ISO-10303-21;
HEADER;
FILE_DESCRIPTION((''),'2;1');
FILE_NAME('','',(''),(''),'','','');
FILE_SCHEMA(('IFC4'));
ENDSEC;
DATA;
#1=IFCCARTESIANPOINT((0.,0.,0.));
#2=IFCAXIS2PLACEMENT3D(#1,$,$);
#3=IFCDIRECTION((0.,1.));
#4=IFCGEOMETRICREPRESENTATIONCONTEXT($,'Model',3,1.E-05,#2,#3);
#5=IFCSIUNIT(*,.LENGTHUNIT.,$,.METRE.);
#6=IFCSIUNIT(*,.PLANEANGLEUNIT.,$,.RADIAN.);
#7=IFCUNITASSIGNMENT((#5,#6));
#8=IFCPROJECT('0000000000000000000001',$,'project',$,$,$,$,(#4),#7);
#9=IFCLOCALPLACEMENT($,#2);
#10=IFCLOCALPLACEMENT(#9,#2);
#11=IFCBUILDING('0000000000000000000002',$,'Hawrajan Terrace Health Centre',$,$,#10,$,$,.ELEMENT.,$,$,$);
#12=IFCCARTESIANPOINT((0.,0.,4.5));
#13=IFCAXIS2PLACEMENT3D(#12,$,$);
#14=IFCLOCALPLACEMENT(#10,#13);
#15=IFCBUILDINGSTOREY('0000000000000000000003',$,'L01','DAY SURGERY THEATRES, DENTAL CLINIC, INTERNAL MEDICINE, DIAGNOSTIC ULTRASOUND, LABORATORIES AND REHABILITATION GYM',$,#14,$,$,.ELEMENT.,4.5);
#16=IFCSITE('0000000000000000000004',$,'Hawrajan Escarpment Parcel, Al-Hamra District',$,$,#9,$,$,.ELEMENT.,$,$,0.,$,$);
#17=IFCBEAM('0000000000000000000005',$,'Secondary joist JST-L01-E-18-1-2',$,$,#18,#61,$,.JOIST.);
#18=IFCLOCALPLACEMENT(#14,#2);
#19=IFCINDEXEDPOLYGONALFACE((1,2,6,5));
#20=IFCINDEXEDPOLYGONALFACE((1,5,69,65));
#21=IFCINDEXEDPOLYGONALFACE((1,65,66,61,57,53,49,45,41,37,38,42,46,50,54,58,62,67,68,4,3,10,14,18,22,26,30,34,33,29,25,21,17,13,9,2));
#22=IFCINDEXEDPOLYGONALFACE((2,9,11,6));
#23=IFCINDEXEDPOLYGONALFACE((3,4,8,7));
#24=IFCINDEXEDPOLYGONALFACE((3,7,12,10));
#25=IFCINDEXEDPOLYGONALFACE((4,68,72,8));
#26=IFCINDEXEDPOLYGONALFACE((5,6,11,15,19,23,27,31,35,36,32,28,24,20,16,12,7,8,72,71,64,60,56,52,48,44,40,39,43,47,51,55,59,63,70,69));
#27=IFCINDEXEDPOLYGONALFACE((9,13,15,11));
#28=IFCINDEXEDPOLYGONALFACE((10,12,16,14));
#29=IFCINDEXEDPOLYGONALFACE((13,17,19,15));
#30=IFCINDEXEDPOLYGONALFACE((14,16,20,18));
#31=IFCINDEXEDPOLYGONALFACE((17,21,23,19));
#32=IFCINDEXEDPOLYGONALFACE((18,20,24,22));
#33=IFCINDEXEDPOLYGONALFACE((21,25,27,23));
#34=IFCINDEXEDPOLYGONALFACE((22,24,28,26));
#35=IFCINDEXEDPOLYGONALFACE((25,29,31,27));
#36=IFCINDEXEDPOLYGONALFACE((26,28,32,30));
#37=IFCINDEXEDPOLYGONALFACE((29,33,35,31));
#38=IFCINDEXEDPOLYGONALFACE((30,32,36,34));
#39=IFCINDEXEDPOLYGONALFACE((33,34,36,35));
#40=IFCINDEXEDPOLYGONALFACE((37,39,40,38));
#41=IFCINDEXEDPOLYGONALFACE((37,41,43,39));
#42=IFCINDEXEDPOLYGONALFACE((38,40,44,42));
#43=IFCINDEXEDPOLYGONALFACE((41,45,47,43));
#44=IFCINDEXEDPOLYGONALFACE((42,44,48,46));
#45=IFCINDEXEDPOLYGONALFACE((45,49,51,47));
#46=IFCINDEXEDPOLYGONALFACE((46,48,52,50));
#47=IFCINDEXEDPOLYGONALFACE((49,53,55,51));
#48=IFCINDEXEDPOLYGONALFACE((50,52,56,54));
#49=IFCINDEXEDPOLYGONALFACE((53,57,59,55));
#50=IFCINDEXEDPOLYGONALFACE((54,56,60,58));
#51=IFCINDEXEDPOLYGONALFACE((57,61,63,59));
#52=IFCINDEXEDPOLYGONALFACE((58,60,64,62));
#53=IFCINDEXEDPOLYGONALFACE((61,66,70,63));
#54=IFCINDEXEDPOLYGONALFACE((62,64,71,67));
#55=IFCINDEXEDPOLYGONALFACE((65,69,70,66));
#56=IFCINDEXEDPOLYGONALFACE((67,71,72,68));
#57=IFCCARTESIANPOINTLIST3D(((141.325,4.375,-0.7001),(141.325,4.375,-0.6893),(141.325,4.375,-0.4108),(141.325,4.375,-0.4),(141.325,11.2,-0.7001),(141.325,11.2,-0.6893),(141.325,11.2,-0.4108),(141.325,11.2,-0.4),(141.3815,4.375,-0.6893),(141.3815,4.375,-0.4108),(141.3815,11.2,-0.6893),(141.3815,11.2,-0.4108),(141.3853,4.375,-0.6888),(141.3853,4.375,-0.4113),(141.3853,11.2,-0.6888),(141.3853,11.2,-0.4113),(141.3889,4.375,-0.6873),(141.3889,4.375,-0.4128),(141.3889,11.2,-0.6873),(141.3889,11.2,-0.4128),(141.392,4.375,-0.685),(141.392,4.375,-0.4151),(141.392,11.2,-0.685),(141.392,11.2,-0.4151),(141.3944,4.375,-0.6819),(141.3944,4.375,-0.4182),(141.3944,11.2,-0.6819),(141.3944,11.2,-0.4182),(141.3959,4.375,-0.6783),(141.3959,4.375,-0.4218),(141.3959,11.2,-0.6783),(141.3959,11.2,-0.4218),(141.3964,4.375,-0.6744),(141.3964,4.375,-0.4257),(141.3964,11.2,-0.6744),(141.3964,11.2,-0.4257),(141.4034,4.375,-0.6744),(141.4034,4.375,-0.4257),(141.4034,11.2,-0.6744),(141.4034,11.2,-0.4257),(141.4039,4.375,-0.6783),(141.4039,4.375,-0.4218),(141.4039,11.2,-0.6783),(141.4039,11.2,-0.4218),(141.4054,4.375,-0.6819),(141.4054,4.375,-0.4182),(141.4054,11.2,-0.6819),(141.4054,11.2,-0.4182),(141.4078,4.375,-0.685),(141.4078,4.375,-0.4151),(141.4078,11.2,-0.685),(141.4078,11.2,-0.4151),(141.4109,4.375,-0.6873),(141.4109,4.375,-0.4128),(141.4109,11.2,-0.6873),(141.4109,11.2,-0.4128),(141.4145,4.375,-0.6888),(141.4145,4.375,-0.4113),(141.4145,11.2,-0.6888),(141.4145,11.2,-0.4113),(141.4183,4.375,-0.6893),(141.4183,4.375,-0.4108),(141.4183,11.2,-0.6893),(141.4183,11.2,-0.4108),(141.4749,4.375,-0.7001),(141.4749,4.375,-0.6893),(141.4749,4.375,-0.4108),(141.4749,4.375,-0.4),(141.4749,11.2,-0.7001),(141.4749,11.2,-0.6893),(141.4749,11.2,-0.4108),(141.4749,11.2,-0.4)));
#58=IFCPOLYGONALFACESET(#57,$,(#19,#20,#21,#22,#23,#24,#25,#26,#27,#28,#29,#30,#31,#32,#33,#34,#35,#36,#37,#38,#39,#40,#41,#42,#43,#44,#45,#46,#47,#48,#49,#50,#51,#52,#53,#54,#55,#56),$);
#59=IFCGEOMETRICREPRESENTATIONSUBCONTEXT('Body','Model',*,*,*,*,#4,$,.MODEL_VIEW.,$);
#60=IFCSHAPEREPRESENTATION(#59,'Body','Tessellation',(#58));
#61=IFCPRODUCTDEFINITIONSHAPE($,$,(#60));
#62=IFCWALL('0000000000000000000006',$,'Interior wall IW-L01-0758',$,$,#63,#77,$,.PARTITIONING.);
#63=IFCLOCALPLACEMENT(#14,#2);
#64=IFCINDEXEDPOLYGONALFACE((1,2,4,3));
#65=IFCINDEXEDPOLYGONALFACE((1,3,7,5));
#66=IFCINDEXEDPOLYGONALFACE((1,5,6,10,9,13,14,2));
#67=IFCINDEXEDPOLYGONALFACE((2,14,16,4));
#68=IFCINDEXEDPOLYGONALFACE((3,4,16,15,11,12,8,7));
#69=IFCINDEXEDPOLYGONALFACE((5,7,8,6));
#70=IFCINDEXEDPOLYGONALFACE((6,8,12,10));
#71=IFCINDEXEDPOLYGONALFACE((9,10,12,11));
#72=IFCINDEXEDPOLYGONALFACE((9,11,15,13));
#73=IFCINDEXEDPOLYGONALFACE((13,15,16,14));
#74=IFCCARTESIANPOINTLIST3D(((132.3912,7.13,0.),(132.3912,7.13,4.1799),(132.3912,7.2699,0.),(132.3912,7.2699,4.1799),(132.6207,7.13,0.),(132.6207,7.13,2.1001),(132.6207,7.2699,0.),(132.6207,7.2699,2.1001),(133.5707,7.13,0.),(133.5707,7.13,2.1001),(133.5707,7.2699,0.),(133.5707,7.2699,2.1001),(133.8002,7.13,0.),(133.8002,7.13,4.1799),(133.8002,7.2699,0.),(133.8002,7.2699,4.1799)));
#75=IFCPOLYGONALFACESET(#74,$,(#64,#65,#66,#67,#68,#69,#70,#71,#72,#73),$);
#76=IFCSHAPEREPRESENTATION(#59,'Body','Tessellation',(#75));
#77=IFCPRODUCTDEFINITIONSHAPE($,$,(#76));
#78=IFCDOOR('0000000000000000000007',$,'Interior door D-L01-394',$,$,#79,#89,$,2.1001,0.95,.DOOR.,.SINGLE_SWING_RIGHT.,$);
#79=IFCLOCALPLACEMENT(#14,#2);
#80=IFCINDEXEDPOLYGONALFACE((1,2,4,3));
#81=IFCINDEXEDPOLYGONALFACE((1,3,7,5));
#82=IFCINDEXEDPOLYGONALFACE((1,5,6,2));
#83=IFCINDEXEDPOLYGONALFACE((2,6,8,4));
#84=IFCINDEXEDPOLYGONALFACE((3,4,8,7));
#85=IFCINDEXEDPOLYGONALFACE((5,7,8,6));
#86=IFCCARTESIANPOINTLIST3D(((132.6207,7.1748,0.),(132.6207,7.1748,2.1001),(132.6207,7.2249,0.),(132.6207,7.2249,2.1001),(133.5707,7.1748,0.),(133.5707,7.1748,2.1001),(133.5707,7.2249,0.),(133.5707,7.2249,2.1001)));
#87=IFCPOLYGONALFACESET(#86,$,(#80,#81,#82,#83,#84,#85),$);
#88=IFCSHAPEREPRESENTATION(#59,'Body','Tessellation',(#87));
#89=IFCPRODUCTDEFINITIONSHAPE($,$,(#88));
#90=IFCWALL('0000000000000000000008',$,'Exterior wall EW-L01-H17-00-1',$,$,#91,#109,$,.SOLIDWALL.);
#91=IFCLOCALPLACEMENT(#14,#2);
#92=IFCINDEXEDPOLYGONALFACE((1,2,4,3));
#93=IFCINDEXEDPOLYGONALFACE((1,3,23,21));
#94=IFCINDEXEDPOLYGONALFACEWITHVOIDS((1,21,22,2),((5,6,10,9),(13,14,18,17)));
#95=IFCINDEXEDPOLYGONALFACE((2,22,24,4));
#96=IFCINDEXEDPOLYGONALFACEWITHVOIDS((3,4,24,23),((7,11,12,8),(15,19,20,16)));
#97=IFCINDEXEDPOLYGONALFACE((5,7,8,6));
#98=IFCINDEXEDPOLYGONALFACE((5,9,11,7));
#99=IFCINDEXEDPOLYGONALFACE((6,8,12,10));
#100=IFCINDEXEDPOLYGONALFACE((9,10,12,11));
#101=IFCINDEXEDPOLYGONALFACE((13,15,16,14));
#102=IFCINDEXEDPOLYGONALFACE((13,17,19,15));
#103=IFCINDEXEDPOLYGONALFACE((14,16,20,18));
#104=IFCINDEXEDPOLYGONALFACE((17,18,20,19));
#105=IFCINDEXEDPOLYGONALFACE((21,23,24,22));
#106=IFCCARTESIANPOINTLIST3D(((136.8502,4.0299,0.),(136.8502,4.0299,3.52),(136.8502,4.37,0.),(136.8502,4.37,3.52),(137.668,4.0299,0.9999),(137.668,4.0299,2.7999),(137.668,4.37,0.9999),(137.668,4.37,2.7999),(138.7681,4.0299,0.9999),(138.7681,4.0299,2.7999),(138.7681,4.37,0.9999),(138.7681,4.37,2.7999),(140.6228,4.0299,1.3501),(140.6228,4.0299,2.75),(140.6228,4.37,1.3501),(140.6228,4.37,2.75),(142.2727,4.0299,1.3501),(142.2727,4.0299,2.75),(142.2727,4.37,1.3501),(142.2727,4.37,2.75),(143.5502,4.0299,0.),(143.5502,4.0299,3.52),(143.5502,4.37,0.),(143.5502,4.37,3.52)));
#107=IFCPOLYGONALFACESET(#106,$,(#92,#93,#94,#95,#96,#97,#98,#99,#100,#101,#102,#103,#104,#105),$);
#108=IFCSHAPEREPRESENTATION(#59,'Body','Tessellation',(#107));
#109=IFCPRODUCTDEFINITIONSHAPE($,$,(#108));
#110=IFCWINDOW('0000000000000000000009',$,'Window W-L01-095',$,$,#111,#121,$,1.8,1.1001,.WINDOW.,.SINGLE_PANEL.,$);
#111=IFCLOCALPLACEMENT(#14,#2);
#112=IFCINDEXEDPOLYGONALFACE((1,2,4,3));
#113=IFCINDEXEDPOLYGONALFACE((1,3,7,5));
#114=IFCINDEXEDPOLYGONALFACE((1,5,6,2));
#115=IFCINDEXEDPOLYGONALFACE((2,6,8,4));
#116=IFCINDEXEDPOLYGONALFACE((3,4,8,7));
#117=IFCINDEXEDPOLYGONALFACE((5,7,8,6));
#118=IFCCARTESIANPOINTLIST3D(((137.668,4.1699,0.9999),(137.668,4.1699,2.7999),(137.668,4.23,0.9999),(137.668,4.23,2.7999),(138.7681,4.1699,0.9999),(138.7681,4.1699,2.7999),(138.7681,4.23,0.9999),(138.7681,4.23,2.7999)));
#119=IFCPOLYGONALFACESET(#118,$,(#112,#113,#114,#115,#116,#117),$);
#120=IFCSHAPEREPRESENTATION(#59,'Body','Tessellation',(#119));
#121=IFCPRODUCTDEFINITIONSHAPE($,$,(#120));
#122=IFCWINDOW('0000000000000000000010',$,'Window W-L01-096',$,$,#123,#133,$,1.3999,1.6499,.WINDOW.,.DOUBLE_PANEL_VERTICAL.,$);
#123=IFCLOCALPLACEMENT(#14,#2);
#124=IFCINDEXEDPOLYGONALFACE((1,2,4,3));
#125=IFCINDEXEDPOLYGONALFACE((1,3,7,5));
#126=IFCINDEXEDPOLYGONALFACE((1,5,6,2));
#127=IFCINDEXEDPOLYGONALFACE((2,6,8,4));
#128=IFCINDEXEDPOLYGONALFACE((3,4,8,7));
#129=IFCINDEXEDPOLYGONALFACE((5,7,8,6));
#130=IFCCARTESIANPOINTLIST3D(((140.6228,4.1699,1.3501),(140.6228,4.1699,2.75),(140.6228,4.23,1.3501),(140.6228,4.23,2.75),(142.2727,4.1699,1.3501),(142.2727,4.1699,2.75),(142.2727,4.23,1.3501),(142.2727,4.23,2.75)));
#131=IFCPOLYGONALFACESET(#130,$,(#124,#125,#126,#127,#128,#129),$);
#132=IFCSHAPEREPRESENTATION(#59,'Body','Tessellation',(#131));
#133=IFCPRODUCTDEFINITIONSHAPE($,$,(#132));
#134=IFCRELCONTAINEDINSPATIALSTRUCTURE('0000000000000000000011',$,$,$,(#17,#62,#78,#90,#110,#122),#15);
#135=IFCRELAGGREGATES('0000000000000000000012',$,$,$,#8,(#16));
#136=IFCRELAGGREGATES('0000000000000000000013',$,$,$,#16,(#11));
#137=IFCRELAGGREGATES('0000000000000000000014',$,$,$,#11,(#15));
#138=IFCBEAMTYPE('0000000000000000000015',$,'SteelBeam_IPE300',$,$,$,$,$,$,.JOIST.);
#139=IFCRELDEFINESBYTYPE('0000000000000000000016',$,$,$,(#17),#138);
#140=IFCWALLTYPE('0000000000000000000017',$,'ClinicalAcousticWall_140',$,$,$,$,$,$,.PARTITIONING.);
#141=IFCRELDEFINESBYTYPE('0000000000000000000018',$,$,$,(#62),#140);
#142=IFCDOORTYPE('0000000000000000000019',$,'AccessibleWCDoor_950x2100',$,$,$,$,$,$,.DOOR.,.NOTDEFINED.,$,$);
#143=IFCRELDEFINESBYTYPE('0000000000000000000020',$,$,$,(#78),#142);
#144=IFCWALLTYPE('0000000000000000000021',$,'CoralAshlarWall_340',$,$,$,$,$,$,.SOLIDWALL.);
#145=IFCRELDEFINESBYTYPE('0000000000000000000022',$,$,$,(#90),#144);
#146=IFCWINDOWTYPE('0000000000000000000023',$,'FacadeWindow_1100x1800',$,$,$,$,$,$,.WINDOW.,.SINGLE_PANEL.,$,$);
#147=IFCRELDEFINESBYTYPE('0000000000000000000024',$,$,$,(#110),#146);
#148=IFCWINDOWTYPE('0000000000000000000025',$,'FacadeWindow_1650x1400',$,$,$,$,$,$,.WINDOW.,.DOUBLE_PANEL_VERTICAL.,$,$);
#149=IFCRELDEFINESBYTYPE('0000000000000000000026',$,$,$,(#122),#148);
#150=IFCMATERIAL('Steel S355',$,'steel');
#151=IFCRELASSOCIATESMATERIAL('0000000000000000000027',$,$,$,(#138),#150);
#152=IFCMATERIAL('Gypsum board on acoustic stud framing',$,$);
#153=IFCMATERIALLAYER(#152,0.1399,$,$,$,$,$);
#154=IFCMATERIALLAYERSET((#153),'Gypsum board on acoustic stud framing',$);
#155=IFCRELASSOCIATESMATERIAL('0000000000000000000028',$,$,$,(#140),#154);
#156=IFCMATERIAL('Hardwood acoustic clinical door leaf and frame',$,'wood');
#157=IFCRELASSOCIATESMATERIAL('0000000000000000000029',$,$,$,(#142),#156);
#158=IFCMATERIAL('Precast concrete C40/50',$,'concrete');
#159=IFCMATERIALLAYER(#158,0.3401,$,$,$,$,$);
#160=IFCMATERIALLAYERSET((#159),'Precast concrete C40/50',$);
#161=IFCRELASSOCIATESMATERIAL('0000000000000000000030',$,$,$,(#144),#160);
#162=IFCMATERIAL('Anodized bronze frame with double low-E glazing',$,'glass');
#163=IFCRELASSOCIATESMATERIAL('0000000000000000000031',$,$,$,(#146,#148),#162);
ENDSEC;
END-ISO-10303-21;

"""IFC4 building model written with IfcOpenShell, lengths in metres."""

from ifc_helpers import new_model, si_unit, direction, frame, frame_2d, origin, origin_2d, place, context, subcontext, project, spatial, rectangle, i_section, extrude, material, layer, layer_set, material_profile, profile_set, type_object, element, fill, save


model = new_model("IFC4")

# Units and contexts
model_context = context("Model", 3, precision=1e-05, world=origin(), true_north=direction((0.0, 1.0)))
body_context = subcontext(model_context, "Body", "Model", "MODEL_VIEW")
ifc_project = project(units=[si_unit("LENGTHUNIT", "METRE"), si_unit("PLANEANGLEUNIT", "RADIAN")], contexts=[model_context])

# Site, building, storey
site_placement = place(None, origin())
site = spatial("IfcSite", under=ifc_project, at=site_placement, Name="Hawrajan Escarpment Parcel, Al-Hamra District", CompositionType="ELEMENT", RefElevation=0.0)
building_placement = place(site_placement, origin())
building = spatial("IfcBuilding", under=site, at=building_placement, Name="Hawrajan Terrace Health Centre", CompositionType="ELEMENT")
storey_placement = place(building_placement, frame((0.0, 0.0, 4.5)))
storey = spatial("IfcBuildingStorey", under=building, at=storey_placement, Name="L01", Description="DAY SURGERY THEATRES, DENTAL CLINIC, INTERNAL MEDICINE, DIAGNOSTIC ULTRASOUND, LABORATORIES AND REHABILITATION GYM", CompositionType="ELEMENT", Elevation=4.5)

# Beam
ifc_material_1 = material(Name="Steel S355", Category="steel")
ifc_material_profile_1 = material_profile(ifc_material_1, i_section(OverallWidth=0.1499, OverallDepth=0.3, WebThickness=0.0071, FlangeThickness=0.0107, FilletRadius=0.0149, at=origin_2d()), Name="IPE 300")
ifc_profile_set_1 = profile_set([ifc_material_profile_1], Name="Steel S355")
beam_type_1 = type_object("IfcBeamType", Name="SteelBeam_IPE300", PredefinedType="JOIST", material=ifc_profile_set_1)
for number, where, z_axis, x_axis, name in (
    (1, (141.3999, 4.375, -0.55), (0.0, 1.0, 0.0), (-1.0, 0.0, 0.0), "Secondary joist JST-L01-E-18-1-2"),
):
    element("IfcBeam", number, at=place(storey_placement, frame(where, z_axis=z_axis, x_axis=x_axis)), inside=storey, type_object=beam_type_1, Name=name, PredefinedType="JOIST", context=body_context, shape_type="SweptSolid", body=[
        extrude(i_section(OverallWidth=0.1499, OverallDepth=0.3, WebThickness=0.0071, FlangeThickness=0.0107, FilletRadius=0.0149, at=origin_2d()), origin(), (0.0, 0.0, 1.0), 6.825),
    ])

# Shared definitions
ifc_material_2 = material(Name="Gypsum board on acoustic stud framing")
ifc_layer_1 = layer(ifc_material_2, 0.1399)
ifc_layer_set_1 = layer_set([ifc_layer_1], Name="Gypsum board on acoustic stud framing")
wall_type_1 = type_object("IfcWallType", Name="ClinicalAcousticWall_140", PredefinedType="PARTITIONING", material=ifc_layer_set_1)

# Wall, opening, door
wall_1_placement = place(storey_placement, frame((132.3911, 7.2, 0.0), z_axis=(0.0, 0.0, 1.0), x_axis=(1.0, 0.0, 0.0)))
wall_1 = element("IfcWall", 2, at=wall_1_placement, inside=storey, type_object=wall_type_1, Name="Interior wall IW-L01-0758", PredefinedType="PARTITIONING", context=body_context, shape_type="SweptSolid", body=[
    extrude(rectangle(XDim=1.4089, YDim=0.1399, at=frame_2d((0.7046, 0.0))), origin(), (0.0, 0.0, 1.0), 4.1799),
])
opening_1_placement = place(wall_1_placement, frame((0.2295, 0.0, 0.0)))
opening_1 = element("IfcOpeningElement", 3, at=opening_1_placement, cuts=wall_1, PredefinedType="OPENING", context=body_context, shape_type="SweptSolid", body=[
    extrude(rectangle(XDim=0.95, YDim=2.1001, at=frame_2d((0.4751, 1.05))), frame((0.0, 0.0798, 0.0), z_axis=(0.0, -1.0, 0.0), x_axis=(1.0, 0.0, 0.0)), (0.0, 0.0, 1.0), 0.1599),
])
ifc_material_3 = material(Name="Hardwood acoustic clinical door leaf and frame", Category="wood")
door_type = type_object("IfcDoorType", Name="AccessibleWCDoor_950x2100", OperationType="NOTDEFINED", PredefinedType="DOOR", material=ifc_material_3)
door_placement = place(opening_1_placement, origin())
door = element("IfcDoor", 4, at=door_placement, inside=storey, type_object=door_type, Name="Interior door D-L01-394", OperationType="SINGLE_SWING_RIGHT", OverallHeight=2.1001, OverallWidth=0.95, PredefinedType="DOOR", context=body_context, shape_type="SweptSolid", body=[
    extrude(rectangle(XDim=0.95, YDim=2.1001, at=frame_2d((0.4751, 1.05))), frame((0.0, 0.0249, 0.0), z_axis=(0.0, -1.0, 0.0), x_axis=(1.0, 0.0, 0.0)), (0.0, 0.0, 1.0), 0.05),
])
fill(opening_1, door)

# Wall, openings, windows
ifc_material_4 = material(Name="Precast concrete C40/50", Category="concrete")
ifc_layer_2 = layer(ifc_material_4, 0.3401)
ifc_layer_set_2 = layer_set([ifc_layer_2], Name="Precast concrete C40/50")
wall_type_2 = type_object("IfcWallType", Name="CoralAshlarWall_340", PredefinedType="SOLIDWALL", material=ifc_layer_set_2)
wall_2_placement = place(storey_placement, frame((136.8501, 4.2, 0.0), z_axis=(0.0, 0.0, 1.0), x_axis=(1.0, 0.0, 0.0)))
wall_2 = element("IfcWall", 5, at=wall_2_placement, inside=storey, type_object=wall_type_2, Name="Exterior wall EW-L01-H17-00-1", PredefinedType="SOLIDWALL", context=body_context, shape_type="SweptSolid", body=[
    extrude(rectangle(XDim=6.7, YDim=0.3401, at=frame_2d((3.3501, 0.0))), origin(), (0.0, 0.0, 1.0), 3.52),
])
opening_2_placement = place(wall_2_placement, frame((0.8179, 0.0, 1.0)))
opening_2 = element("IfcOpeningElement", 6, at=opening_2_placement, cuts=wall_2, PredefinedType="OPENING", context=body_context, shape_type="SweptSolid", body=[
    extrude(rectangle(XDim=1.1001, YDim=1.8, at=frame_2d((0.55, 0.8999))), frame((0.0, 0.1799, 0.0), z_axis=(0.0, -1.0, 0.0), x_axis=(1.0, 0.0, 0.0)), (0.0, 0.0, 1.0), 0.3601),
])
opening_3_placement = place(wall_2_placement, frame((3.7727, 0.0, 1.3501)))
opening_3 = element("IfcOpeningElement", 7, at=opening_3_placement, cuts=wall_2, PredefinedType="OPENING", context=body_context, shape_type="SweptSolid", body=[
    extrude(rectangle(XDim=1.6499, YDim=1.3999, at=frame_2d((0.825, 0.7))), frame((0.0, 0.1799, 0.0), z_axis=(0.0, -1.0, 0.0), x_axis=(1.0, 0.0, 0.0)), (0.0, 0.0, 1.0), 0.3601),
])
ifc_material_5 = material(Name="Anodized bronze frame with double low-E glazing", Category="glass")
window_type_1 = type_object("IfcWindowType", Name="FacadeWindow_1100x1800", PartitioningType="SINGLE_PANEL", PredefinedType="WINDOW", material=ifc_material_5)
window_1_placement = place(opening_2_placement, origin())
window_1 = element("IfcWindow", 8, at=window_1_placement, inside=storey, type_object=window_type_1, Name="Window W-L01-095", OverallHeight=1.8, OverallWidth=1.1001, PartitioningType="SINGLE_PANEL", PredefinedType="WINDOW", context=body_context, shape_type="SweptSolid", body=[
    extrude(rectangle(XDim=1.1001, YDim=1.8, at=frame_2d((0.55, 0.8999))), frame((0.0, 0.03, 0.0), z_axis=(0.0, -1.0, 0.0), x_axis=(1.0, 0.0, 0.0)), (0.0, 0.0, 1.0), 0.0601),
])
fill(opening_2, window_1)
window_type_2 = type_object("IfcWindowType", Name="FacadeWindow_1650x1400", PartitioningType="DOUBLE_PANEL_VERTICAL", PredefinedType="WINDOW", material=ifc_material_5)
window_2_placement = place(opening_3_placement, origin())
window_2 = element("IfcWindow", 9, at=window_2_placement, inside=storey, type_object=window_type_2, Name="Window W-L01-096", OverallHeight=1.3999, OverallWidth=1.6499, PartitioningType="DOUBLE_PANEL_VERTICAL", PredefinedType="WINDOW", context=body_context, shape_type="SweptSolid", body=[
    extrude(rectangle(XDim=1.6499, YDim=1.3999, at=frame_2d((0.825, 0.7))), frame((0.0, 0.03, 0.0), z_axis=(0.0, -1.0, 0.0), x_axis=(1.0, 0.0, 0.0)), (0.0, 0.0, 1.0), 0.0601),
])
fill(opening_3, window_2)

save(model, "model.ifc")
